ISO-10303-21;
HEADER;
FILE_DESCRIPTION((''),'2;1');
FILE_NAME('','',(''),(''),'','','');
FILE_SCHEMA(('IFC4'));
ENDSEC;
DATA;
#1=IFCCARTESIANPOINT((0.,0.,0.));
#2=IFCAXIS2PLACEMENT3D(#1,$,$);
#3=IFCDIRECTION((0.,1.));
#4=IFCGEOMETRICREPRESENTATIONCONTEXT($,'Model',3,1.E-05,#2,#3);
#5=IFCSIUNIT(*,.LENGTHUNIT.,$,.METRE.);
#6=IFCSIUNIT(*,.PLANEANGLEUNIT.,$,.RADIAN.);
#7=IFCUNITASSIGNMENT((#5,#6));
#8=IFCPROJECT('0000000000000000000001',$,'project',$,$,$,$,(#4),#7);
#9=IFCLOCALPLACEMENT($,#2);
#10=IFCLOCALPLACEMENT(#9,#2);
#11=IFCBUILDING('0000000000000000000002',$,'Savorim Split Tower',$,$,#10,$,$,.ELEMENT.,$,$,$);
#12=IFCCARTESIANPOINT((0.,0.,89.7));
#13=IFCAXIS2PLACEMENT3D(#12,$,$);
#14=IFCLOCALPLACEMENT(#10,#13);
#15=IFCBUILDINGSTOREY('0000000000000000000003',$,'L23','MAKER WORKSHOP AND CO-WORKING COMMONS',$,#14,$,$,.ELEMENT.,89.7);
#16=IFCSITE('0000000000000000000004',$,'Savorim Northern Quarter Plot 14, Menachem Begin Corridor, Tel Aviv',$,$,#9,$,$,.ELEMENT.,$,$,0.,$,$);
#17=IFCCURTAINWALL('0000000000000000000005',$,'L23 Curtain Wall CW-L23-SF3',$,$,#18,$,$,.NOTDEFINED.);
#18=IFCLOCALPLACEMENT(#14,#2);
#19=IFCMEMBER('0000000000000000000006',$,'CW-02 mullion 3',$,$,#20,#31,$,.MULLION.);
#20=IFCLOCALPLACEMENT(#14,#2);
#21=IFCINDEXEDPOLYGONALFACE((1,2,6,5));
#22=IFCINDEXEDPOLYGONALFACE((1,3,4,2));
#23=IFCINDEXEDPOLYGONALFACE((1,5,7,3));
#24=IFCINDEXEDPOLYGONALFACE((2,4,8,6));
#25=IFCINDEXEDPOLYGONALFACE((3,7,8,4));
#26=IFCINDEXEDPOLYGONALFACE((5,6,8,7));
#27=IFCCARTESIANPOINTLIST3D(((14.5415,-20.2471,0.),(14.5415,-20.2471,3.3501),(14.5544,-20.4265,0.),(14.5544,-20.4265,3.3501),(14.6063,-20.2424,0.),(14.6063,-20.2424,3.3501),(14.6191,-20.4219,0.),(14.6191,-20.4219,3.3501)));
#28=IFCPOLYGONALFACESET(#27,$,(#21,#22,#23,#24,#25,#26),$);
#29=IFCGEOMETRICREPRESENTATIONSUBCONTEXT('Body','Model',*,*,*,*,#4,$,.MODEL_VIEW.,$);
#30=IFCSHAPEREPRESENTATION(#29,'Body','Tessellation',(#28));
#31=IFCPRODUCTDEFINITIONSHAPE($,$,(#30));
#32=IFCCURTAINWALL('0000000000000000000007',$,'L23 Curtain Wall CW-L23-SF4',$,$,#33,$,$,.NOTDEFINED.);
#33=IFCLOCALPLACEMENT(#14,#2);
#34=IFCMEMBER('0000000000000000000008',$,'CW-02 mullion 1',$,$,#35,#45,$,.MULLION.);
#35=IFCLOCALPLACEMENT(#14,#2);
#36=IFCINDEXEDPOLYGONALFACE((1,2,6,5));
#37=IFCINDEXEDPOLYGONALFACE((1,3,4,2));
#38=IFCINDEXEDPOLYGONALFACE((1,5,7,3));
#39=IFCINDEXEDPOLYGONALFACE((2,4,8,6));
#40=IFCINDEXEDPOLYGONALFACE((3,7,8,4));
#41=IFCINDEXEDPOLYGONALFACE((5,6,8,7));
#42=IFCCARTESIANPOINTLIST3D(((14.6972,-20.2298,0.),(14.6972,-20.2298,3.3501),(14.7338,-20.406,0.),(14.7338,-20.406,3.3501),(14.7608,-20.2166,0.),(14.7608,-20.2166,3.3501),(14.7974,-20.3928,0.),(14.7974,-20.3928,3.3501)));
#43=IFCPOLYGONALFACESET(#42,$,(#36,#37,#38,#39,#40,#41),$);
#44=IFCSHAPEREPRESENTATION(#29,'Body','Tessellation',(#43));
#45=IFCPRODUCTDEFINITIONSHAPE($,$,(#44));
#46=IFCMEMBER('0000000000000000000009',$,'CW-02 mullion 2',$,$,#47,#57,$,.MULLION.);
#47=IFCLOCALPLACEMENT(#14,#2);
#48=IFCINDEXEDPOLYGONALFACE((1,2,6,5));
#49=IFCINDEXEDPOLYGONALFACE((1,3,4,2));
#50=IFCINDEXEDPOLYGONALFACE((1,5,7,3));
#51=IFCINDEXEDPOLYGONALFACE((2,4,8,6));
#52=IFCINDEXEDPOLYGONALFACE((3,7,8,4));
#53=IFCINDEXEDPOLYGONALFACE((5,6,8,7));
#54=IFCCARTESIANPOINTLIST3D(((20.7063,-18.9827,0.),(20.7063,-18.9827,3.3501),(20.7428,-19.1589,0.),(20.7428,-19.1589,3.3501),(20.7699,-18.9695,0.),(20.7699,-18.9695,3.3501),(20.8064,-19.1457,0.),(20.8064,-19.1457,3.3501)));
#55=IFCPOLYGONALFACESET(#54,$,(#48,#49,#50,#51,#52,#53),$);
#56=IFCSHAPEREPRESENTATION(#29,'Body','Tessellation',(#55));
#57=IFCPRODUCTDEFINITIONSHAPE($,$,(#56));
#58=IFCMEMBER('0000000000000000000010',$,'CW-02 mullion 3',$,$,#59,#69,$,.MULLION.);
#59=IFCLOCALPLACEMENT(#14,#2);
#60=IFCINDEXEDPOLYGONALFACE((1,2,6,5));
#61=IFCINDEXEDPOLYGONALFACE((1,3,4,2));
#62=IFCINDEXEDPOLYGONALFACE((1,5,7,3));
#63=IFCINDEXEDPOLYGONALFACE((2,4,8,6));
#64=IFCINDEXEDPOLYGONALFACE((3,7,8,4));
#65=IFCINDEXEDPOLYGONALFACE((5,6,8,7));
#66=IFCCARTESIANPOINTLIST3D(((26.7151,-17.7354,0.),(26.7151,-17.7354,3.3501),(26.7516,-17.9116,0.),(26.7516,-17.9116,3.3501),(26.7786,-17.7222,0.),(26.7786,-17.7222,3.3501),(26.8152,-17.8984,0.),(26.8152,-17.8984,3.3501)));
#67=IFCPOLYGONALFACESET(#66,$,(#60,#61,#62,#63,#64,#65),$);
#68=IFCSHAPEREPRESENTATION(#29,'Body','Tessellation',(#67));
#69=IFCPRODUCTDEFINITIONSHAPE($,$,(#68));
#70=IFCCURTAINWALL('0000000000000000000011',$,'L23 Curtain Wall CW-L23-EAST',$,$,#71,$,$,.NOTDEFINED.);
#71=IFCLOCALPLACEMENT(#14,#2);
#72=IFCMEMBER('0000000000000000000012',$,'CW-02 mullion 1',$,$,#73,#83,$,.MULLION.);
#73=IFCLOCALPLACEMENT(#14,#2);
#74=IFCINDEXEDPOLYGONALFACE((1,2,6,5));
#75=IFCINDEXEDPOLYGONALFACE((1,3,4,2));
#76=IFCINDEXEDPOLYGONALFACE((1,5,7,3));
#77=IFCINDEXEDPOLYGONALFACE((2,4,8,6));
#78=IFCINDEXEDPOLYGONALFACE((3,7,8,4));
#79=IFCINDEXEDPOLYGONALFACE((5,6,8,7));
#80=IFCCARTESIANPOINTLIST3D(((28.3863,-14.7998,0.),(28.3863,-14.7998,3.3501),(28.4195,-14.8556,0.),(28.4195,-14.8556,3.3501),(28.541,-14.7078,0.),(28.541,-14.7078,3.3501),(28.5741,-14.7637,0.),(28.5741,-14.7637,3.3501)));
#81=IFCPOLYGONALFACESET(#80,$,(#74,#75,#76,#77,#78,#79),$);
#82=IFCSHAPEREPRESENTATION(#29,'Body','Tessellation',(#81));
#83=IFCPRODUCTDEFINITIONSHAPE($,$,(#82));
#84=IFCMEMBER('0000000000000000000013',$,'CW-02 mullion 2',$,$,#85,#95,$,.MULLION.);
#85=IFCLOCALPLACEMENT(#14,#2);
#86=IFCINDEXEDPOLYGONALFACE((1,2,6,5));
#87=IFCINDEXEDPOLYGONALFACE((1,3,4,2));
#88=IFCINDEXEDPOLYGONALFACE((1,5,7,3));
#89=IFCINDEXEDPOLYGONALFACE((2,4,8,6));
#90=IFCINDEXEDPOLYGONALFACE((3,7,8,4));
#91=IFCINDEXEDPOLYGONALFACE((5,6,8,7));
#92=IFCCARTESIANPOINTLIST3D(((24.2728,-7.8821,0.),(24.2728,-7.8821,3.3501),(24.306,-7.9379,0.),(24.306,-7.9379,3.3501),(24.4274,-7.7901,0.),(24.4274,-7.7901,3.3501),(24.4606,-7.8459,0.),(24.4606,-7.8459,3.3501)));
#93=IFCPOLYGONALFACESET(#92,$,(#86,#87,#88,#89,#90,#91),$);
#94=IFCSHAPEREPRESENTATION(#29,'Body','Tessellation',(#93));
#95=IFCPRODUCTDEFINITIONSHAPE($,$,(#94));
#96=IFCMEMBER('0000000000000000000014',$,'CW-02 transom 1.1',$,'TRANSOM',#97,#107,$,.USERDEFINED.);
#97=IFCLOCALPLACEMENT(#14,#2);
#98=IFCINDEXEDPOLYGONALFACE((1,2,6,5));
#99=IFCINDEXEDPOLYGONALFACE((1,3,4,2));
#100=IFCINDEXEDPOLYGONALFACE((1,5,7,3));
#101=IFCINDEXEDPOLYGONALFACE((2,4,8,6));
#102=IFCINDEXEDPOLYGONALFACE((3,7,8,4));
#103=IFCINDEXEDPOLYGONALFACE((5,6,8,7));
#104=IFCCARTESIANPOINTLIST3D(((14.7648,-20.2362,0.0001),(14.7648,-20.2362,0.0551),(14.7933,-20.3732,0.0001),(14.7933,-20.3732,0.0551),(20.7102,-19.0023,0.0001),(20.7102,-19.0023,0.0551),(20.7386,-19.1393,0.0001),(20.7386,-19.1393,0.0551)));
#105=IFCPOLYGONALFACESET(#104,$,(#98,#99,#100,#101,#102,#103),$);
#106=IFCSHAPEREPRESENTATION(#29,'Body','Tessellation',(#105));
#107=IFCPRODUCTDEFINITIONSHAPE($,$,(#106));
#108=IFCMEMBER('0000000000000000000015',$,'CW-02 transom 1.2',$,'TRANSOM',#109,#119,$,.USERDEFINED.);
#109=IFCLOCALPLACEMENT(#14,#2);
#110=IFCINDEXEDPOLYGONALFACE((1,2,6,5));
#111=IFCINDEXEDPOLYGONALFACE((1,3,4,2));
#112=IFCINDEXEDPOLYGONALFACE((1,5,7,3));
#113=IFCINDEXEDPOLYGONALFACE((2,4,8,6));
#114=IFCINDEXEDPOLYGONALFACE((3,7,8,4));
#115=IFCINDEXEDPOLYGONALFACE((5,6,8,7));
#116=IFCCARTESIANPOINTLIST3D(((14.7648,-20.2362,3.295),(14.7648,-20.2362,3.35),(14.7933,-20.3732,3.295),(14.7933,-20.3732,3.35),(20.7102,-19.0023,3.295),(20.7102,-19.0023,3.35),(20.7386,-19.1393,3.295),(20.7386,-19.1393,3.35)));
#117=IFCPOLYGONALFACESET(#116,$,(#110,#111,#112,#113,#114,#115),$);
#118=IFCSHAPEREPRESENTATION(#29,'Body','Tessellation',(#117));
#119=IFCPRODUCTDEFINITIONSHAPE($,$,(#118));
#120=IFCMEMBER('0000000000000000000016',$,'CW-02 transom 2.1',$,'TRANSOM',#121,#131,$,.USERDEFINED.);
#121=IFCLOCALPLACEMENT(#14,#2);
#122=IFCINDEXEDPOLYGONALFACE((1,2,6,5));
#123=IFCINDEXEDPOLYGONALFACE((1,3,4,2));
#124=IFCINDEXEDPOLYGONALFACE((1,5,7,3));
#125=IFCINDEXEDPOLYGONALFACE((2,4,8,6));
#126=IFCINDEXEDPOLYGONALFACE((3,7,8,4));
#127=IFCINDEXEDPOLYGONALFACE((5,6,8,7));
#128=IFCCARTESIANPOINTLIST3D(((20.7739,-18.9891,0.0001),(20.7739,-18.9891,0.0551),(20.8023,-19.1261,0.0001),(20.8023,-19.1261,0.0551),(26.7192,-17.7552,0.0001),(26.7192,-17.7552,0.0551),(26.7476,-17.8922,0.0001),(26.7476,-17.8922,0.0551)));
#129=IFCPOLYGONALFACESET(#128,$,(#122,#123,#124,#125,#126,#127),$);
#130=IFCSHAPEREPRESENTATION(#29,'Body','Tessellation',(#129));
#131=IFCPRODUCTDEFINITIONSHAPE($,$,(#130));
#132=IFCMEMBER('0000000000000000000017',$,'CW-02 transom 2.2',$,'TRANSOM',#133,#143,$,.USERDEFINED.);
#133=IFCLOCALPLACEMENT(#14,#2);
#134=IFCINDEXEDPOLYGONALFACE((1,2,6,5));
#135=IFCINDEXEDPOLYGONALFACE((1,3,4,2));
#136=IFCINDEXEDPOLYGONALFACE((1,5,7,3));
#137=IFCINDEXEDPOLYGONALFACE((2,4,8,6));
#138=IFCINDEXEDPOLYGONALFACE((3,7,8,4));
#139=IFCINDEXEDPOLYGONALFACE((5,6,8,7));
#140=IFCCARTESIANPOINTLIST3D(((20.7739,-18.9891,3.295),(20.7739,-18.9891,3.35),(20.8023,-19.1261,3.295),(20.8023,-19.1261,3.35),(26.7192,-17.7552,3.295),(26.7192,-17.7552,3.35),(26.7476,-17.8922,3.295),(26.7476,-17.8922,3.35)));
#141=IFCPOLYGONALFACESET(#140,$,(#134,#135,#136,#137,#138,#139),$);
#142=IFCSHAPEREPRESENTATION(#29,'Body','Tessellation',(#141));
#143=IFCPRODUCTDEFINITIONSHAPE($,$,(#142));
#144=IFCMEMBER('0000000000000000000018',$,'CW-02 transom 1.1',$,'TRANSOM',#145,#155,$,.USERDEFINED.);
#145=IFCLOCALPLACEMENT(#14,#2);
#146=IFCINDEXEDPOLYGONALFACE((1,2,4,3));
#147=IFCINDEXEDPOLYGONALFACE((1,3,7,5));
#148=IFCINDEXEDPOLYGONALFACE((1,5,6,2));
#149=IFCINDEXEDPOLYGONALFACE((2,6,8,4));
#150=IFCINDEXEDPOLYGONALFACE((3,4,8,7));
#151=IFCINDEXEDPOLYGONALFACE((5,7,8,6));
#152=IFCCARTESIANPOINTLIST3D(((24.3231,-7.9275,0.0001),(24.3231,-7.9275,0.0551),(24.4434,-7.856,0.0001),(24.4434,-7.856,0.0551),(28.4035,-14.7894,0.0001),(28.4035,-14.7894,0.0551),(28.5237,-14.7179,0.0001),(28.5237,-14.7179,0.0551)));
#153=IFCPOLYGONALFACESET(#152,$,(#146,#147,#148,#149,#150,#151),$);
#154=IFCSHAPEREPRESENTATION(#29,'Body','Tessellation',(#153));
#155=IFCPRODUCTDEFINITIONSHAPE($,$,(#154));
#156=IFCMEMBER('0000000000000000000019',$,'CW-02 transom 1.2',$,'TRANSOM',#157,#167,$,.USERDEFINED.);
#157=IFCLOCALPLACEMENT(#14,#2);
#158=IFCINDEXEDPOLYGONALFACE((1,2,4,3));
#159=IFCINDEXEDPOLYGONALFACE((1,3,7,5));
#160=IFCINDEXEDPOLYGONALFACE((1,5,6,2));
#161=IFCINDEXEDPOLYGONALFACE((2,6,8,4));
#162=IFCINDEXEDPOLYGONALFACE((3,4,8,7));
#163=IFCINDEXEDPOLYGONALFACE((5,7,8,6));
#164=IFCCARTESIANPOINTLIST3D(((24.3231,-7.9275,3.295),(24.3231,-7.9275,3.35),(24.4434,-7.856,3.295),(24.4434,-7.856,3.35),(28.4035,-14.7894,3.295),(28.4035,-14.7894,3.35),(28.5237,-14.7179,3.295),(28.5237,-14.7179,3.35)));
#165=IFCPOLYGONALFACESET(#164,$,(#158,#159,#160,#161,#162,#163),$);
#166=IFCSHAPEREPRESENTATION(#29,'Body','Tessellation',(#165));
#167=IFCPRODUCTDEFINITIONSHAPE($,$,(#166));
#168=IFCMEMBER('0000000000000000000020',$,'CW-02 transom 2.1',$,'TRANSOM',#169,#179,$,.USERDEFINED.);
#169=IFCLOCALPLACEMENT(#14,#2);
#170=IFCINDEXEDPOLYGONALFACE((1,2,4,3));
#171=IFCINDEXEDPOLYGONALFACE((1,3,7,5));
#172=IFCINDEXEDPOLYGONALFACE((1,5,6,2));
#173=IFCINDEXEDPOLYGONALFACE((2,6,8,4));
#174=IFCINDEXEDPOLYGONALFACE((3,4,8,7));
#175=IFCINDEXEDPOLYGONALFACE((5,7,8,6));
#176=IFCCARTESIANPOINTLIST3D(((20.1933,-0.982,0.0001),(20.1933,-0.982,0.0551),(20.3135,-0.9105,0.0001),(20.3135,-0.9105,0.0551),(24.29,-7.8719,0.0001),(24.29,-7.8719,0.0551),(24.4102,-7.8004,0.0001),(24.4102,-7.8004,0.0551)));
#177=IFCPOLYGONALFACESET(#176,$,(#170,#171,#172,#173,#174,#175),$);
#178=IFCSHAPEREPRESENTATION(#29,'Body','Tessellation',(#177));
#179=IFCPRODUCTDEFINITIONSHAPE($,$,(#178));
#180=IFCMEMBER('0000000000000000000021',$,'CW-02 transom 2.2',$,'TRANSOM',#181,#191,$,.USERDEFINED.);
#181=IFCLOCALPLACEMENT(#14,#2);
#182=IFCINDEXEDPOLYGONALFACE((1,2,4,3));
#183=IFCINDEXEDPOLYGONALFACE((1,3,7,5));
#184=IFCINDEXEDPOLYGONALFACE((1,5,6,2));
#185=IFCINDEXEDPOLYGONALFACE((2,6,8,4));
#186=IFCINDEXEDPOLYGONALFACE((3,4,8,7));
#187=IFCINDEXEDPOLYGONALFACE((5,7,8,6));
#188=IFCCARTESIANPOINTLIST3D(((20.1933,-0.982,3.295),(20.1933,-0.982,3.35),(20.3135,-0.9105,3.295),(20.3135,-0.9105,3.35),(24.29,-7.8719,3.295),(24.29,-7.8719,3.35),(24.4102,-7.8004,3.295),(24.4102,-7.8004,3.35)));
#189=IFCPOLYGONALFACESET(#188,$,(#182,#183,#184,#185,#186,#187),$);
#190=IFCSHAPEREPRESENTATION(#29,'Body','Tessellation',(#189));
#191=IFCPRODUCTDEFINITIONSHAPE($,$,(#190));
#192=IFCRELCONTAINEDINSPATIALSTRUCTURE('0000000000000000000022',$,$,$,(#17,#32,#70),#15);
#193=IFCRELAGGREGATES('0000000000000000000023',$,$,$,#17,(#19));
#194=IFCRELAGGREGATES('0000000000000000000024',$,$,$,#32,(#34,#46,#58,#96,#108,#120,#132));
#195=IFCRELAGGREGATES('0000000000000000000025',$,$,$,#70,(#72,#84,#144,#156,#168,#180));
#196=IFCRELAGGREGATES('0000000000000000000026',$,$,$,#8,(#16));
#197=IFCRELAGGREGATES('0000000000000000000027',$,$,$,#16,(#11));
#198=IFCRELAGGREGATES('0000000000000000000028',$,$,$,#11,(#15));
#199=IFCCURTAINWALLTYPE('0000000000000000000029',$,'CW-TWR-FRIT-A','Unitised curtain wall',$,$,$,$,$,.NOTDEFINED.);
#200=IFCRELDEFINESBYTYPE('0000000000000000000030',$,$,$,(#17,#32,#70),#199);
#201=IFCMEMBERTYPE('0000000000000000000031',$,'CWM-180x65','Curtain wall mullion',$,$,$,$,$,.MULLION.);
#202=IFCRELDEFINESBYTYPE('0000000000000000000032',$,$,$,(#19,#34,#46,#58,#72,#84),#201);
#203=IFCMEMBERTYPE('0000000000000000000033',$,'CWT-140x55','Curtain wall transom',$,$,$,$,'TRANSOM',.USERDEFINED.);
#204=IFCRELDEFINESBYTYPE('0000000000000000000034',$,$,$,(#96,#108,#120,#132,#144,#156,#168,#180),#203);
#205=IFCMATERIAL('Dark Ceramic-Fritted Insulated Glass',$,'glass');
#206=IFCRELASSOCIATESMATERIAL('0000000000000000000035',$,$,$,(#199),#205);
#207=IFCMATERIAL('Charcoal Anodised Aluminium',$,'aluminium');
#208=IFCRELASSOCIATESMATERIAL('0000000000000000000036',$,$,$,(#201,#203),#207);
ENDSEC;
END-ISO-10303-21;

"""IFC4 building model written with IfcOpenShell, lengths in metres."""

from ifc_helpers import new_model, si_unit, direction, frame, origin, origin_2d, place, context, subcontext, project, spatial, rectangle, extrude, material, material_profile, profile_set, type_object, element, aggregate, save


model = new_model("IFC4")

# Units and contexts
model_context = context("Model", 3, precision=1e-05, world=origin(), true_north=direction((0.0, 1.0)))
body_context = subcontext(model_context, "Body", "Model", "MODEL_VIEW")
ifc_project = project(units=[si_unit("LENGTHUNIT", "METRE"), si_unit("PLANEANGLEUNIT", "RADIAN")], contexts=[model_context])

# Site, building, storey
site_placement = place(None, origin())
site = spatial("IfcSite", under=ifc_project, at=site_placement, Name="Savorim Northern Quarter Plot 14, Menachem Begin Corridor, Tel Aviv", CompositionType="ELEMENT", RefElevation=0.0)
building_placement = place(site_placement, origin())
building = spatial("IfcBuilding", under=site, at=building_placement, Name="Savorim Split Tower", CompositionType="ELEMENT")
storey_placement = place(building_placement, frame((0.0, 0.0, 89.7)))
storey = spatial("IfcBuildingStorey", under=building, at=storey_placement, Name="L23", Description="MAKER WORKSHOP AND CO-WORKING COMMONS", CompositionType="ELEMENT", Elevation=89.7)

# Curtain wall, member
ifc_material_1 = material(Name="Dark Ceramic-Fritted Insulated Glass", Category="glass")
curtain_wall_type = type_object("IfcCurtainWallType", Name="CW-TWR-FRIT-A", Description="Unitised curtain wall", PredefinedType="NOTDEFINED", material=ifc_material_1)
curtain_wall_1_placement = place(storey_placement, origin())
curtain_wall_1 = element("IfcCurtainWall", 1, at=curtain_wall_1_placement, inside=storey, type_object=curtain_wall_type, Name="L23 Curtain Wall CW-L23-SF3", PredefinedType="NOTDEFINED")
ifc_material_2 = material(Name="Charcoal Anodised Aluminium", Category="aluminium")
ifc_material_profile_1 = material_profile(ifc_material_2, rectangle(XDim=0.1799, YDim=0.0649, at=origin_2d()), Name="ALU-M 180x65")
ifc_profile_set_1 = profile_set([ifc_material_profile_1], Name="Charcoal Anodised Aluminium")
member_type_1 = type_object("IfcMemberType", Name="CWM-180x65", Description="Curtain wall mullion", PredefinedType="MULLION", material=ifc_profile_set_1)
member_1_placement = place(storey_placement, frame((14.5803, -20.3345, 0.0), z_axis=(0.0, 0.0, 1.0), x_axis=(-0.071561, 0.997436, 0.0)))
member_1 = element("IfcMember", 2, at=member_1_placement, type_object=member_type_1, Name="CW-02 mullion 3", PredefinedType="MULLION", context=body_context, shape_type="SweptSolid", body=[
    extrude(rectangle(XDim=0.1799, YDim=0.0649, at=origin_2d()), origin(), (0.0, 0.0, 1.0), 3.3501),
])
aggregate(curtain_wall_1, [member_1])

# Curtain walls, members
curtain_wall_2_placement = place(storey_placement, origin())
curtain_wall_2 = element("IfcCurtainWall", 3, at=curtain_wall_2_placement, inside=storey, type_object=curtain_wall_type, Name="L23 Curtain Wall CW-L23-SF4", PredefinedType="NOTDEFINED")
member_2_placement = place(storey_placement, frame((14.7473, -20.3113, 0.0), z_axis=(0.0, 0.0, 1.0), x_axis=(-0.20321, 0.979135, 0.0)))
member_2 = element("IfcMember", 4, at=member_2_placement, type_object=member_type_1, Name="CW-02 mullion 1", PredefinedType="MULLION", context=body_context, shape_type="SweptSolid", body=[
    extrude(rectangle(XDim=0.1799, YDim=0.0649, at=origin_2d()), origin(), (0.0, 0.0, 1.0), 3.3501),
])
member_3_placement = place(storey_placement, frame((20.7563, -19.0642, 0.0), z_axis=(0.0, 0.0, 1.0), x_axis=(-0.20321, 0.979135, 0.0)))
member_3 = element("IfcMember", 5, at=member_3_placement, type_object=member_type_1, Name="CW-02 mullion 2", PredefinedType="MULLION", context=body_context, shape_type="SweptSolid", body=[
    extrude(rectangle(XDim=0.1799, YDim=0.0649, at=origin_2d()), origin(), (0.0, 0.0, 1.0), 3.3501),
])
member_4_placement = place(storey_placement, frame((26.7651, -17.8169, 0.0), z_axis=(0.0, 0.0, 1.0), x_axis=(-0.20321, 0.979135, 0.0)))
member_4 = element("IfcMember", 6, at=member_4_placement, type_object=member_type_1, Name="CW-02 mullion 3", PredefinedType="MULLION", context=body_context, shape_type="SweptSolid", body=[
    extrude(rectangle(XDim=0.1799, YDim=0.0649, at=origin_2d()), origin(), (0.0, 0.0, 1.0), 3.3501),
])
curtain_wall_3_placement = place(storey_placement, origin())
curtain_wall_3 = element("IfcCurtainWall", 7, at=curtain_wall_3_placement, inside=storey, type_object=curtain_wall_type, Name="L23 Curtain Wall CW-L23-EAST", PredefinedType="NOTDEFINED")
member_5_placement = place(storey_placement, frame((28.4802, -14.7817, 0.0), z_axis=(0.0, 0.0, 1.0), x_axis=(-0.859525, -0.511094, 0.0)))
member_5 = element("IfcMember", 8, at=member_5_placement, type_object=member_type_1, Name="CW-02 mullion 1", PredefinedType="MULLION", context=body_context, shape_type="SweptSolid", body=[
    extrude(rectangle(XDim=0.1799, YDim=0.0649, at=origin_2d()), origin(), (0.0, 0.0, 1.0), 3.3501),
])
member_6_placement = place(storey_placement, frame((24.3667, -7.864, 0.0), z_axis=(0.0, 0.0, 1.0), x_axis=(-0.859525, -0.511094, 0.0)))
member_6 = element("IfcMember", 9, at=member_6_placement, type_object=member_type_1, Name="CW-02 mullion 2", PredefinedType="MULLION", context=body_context, shape_type="SweptSolid", body=[
    extrude(rectangle(XDim=0.1799, YDim=0.0649, at=origin_2d()), origin(), (0.0, 0.0, 1.0), 3.3501),
])

# Members
ifc_material_profile_2 = material_profile(ifc_material_2, rectangle(XDim=0.1399, YDim=0.0549, at=origin_2d()), Name="ALU-T 140x55")
ifc_profile_set_2 = profile_set([ifc_material_profile_2], Name="Charcoal Anodised Aluminium")
member_type_2 = type_object("IfcMemberType", Name="CWT-140x55", Description="Curtain wall transom", ElementType="TRANSOM", PredefinedType="USERDEFINED", material=ifc_profile_set_2)
member_7_placement = place(storey_placement, frame((14.7791, -20.3047, 0.0276), z_axis=(0.979135, 0.203209, 0.0), x_axis=(-0.203209, 0.979135, 0.0)))
member_7 = element("IfcMember", 10, at=member_7_placement, type_object=member_type_2, Name="CW-02 transom 1.1", ObjectType="TRANSOM", PredefinedType="USERDEFINED", context=body_context, shape_type="SweptSolid", body=[
    extrude(rectangle(XDim=0.1399, YDim=0.0549, at=origin_2d()), origin(), (0.0, 0.0, 1.0), 6.072),
])
member_8_placement = place(storey_placement, frame((14.7791, -20.3047, 3.3225), z_axis=(0.979135, 0.203209, 0.0), x_axis=(-0.203209, 0.979135, 0.0)))
member_8 = element("IfcMember", 11, at=member_8_placement, type_object=member_type_2, Name="CW-02 transom 1.2", ObjectType="TRANSOM", PredefinedType="USERDEFINED", context=body_context, shape_type="SweptSolid", body=[
    extrude(rectangle(XDim=0.1399, YDim=0.0549, at=origin_2d()), origin(), (0.0, 0.0, 1.0), 6.072),
])
member_9_placement = place(storey_placement, frame((20.7881, -19.0576, 0.0276), z_axis=(0.979135, 0.203209, 0.0), x_axis=(-0.203209, 0.979135, 0.0)))
member_9 = element("IfcMember", 12, at=member_9_placement, type_object=member_type_2, Name="CW-02 transom 2.1", ObjectType="TRANSOM", PredefinedType="USERDEFINED", context=body_context, shape_type="SweptSolid", body=[
    extrude(rectangle(XDim=0.1399, YDim=0.0549, at=origin_2d()), origin(), (0.0, 0.0, 1.0), 6.072),
])
member_10_placement = place(storey_placement, frame((20.7881, -19.0576, 3.3225), z_axis=(0.979135, 0.203209, 0.0), x_axis=(-0.203209, 0.979135, 0.0)))
member_10 = element("IfcMember", 13, at=member_10_placement, type_object=member_type_2, Name="CW-02 transom 2.2", ObjectType="TRANSOM", PredefinedType="USERDEFINED", context=body_context, shape_type="SweptSolid", body=[
    extrude(rectangle(XDim=0.1399, YDim=0.0549, at=origin_2d()), origin(), (0.0, 0.0, 1.0), 6.072),
])
member_11_placement = place(storey_placement, frame((28.4636, -14.7537, 0.0276), z_axis=(-0.511105, 0.859518, 0.0), x_axis=(-0.859518, -0.511105, 0.0)))
member_11 = element("IfcMember", 14, at=member_11_placement, type_object=member_type_2, Name="CW-02 transom 1.1", ObjectType="TRANSOM", PredefinedType="USERDEFINED", context=body_context, shape_type="SweptSolid", body=[
    extrude(rectangle(XDim=0.1399, YDim=0.0549, at=origin_2d()), origin(), (0.0, 0.0, 1.0), 7.9834),
])
member_12_placement = place(storey_placement, frame((28.4636, -14.7537, 3.3225), z_axis=(-0.511105, 0.859518, 0.0), x_axis=(-0.859518, -0.511105, 0.0)))
member_12 = element("IfcMember", 15, at=member_12_placement, type_object=member_type_2, Name="CW-02 transom 1.2", ObjectType="TRANSOM", PredefinedType="USERDEFINED", context=body_context, shape_type="SweptSolid", body=[
    extrude(rectangle(XDim=0.1399, YDim=0.0549, at=origin_2d()), origin(), (0.0, 0.0, 1.0), 7.9834),
])
member_13_placement = place(storey_placement, frame((24.3501, -7.8362, 0.0276), z_axis=(-0.511074, 0.859537, 0.0), x_axis=(-0.859537, -0.511074, 0.0)))
member_13 = element("IfcMember", 16, at=member_13_placement, type_object=member_type_2, Name="CW-02 transom 2.1", ObjectType="TRANSOM", PredefinedType="USERDEFINED", context=body_context, shape_type="SweptSolid", body=[
    extrude(rectangle(XDim=0.1399, YDim=0.0549, at=origin_2d()), origin(), (0.0, 0.0, 1.0), 8.0159),
])
member_14_placement = place(storey_placement, frame((24.3501, -7.8362, 3.3225), z_axis=(-0.511074, 0.859537, 0.0), x_axis=(-0.859537, -0.511074, 0.0)))
member_14 = element("IfcMember", 17, at=member_14_placement, type_object=member_type_2, Name="CW-02 transom 2.2", ObjectType="TRANSOM", PredefinedType="USERDEFINED", context=body_context, shape_type="SweptSolid", body=[
    extrude(rectangle(XDim=0.1399, YDim=0.0549, at=origin_2d()), origin(), (0.0, 0.0, 1.0), 8.0159),
])

aggregate(curtain_wall_2, [member_2, member_3, member_4, member_7, member_8, member_9, member_10])
aggregate(curtain_wall_3, [member_5, member_6, member_11, member_12, member_13, member_14])

save(model, "model.ifc")
